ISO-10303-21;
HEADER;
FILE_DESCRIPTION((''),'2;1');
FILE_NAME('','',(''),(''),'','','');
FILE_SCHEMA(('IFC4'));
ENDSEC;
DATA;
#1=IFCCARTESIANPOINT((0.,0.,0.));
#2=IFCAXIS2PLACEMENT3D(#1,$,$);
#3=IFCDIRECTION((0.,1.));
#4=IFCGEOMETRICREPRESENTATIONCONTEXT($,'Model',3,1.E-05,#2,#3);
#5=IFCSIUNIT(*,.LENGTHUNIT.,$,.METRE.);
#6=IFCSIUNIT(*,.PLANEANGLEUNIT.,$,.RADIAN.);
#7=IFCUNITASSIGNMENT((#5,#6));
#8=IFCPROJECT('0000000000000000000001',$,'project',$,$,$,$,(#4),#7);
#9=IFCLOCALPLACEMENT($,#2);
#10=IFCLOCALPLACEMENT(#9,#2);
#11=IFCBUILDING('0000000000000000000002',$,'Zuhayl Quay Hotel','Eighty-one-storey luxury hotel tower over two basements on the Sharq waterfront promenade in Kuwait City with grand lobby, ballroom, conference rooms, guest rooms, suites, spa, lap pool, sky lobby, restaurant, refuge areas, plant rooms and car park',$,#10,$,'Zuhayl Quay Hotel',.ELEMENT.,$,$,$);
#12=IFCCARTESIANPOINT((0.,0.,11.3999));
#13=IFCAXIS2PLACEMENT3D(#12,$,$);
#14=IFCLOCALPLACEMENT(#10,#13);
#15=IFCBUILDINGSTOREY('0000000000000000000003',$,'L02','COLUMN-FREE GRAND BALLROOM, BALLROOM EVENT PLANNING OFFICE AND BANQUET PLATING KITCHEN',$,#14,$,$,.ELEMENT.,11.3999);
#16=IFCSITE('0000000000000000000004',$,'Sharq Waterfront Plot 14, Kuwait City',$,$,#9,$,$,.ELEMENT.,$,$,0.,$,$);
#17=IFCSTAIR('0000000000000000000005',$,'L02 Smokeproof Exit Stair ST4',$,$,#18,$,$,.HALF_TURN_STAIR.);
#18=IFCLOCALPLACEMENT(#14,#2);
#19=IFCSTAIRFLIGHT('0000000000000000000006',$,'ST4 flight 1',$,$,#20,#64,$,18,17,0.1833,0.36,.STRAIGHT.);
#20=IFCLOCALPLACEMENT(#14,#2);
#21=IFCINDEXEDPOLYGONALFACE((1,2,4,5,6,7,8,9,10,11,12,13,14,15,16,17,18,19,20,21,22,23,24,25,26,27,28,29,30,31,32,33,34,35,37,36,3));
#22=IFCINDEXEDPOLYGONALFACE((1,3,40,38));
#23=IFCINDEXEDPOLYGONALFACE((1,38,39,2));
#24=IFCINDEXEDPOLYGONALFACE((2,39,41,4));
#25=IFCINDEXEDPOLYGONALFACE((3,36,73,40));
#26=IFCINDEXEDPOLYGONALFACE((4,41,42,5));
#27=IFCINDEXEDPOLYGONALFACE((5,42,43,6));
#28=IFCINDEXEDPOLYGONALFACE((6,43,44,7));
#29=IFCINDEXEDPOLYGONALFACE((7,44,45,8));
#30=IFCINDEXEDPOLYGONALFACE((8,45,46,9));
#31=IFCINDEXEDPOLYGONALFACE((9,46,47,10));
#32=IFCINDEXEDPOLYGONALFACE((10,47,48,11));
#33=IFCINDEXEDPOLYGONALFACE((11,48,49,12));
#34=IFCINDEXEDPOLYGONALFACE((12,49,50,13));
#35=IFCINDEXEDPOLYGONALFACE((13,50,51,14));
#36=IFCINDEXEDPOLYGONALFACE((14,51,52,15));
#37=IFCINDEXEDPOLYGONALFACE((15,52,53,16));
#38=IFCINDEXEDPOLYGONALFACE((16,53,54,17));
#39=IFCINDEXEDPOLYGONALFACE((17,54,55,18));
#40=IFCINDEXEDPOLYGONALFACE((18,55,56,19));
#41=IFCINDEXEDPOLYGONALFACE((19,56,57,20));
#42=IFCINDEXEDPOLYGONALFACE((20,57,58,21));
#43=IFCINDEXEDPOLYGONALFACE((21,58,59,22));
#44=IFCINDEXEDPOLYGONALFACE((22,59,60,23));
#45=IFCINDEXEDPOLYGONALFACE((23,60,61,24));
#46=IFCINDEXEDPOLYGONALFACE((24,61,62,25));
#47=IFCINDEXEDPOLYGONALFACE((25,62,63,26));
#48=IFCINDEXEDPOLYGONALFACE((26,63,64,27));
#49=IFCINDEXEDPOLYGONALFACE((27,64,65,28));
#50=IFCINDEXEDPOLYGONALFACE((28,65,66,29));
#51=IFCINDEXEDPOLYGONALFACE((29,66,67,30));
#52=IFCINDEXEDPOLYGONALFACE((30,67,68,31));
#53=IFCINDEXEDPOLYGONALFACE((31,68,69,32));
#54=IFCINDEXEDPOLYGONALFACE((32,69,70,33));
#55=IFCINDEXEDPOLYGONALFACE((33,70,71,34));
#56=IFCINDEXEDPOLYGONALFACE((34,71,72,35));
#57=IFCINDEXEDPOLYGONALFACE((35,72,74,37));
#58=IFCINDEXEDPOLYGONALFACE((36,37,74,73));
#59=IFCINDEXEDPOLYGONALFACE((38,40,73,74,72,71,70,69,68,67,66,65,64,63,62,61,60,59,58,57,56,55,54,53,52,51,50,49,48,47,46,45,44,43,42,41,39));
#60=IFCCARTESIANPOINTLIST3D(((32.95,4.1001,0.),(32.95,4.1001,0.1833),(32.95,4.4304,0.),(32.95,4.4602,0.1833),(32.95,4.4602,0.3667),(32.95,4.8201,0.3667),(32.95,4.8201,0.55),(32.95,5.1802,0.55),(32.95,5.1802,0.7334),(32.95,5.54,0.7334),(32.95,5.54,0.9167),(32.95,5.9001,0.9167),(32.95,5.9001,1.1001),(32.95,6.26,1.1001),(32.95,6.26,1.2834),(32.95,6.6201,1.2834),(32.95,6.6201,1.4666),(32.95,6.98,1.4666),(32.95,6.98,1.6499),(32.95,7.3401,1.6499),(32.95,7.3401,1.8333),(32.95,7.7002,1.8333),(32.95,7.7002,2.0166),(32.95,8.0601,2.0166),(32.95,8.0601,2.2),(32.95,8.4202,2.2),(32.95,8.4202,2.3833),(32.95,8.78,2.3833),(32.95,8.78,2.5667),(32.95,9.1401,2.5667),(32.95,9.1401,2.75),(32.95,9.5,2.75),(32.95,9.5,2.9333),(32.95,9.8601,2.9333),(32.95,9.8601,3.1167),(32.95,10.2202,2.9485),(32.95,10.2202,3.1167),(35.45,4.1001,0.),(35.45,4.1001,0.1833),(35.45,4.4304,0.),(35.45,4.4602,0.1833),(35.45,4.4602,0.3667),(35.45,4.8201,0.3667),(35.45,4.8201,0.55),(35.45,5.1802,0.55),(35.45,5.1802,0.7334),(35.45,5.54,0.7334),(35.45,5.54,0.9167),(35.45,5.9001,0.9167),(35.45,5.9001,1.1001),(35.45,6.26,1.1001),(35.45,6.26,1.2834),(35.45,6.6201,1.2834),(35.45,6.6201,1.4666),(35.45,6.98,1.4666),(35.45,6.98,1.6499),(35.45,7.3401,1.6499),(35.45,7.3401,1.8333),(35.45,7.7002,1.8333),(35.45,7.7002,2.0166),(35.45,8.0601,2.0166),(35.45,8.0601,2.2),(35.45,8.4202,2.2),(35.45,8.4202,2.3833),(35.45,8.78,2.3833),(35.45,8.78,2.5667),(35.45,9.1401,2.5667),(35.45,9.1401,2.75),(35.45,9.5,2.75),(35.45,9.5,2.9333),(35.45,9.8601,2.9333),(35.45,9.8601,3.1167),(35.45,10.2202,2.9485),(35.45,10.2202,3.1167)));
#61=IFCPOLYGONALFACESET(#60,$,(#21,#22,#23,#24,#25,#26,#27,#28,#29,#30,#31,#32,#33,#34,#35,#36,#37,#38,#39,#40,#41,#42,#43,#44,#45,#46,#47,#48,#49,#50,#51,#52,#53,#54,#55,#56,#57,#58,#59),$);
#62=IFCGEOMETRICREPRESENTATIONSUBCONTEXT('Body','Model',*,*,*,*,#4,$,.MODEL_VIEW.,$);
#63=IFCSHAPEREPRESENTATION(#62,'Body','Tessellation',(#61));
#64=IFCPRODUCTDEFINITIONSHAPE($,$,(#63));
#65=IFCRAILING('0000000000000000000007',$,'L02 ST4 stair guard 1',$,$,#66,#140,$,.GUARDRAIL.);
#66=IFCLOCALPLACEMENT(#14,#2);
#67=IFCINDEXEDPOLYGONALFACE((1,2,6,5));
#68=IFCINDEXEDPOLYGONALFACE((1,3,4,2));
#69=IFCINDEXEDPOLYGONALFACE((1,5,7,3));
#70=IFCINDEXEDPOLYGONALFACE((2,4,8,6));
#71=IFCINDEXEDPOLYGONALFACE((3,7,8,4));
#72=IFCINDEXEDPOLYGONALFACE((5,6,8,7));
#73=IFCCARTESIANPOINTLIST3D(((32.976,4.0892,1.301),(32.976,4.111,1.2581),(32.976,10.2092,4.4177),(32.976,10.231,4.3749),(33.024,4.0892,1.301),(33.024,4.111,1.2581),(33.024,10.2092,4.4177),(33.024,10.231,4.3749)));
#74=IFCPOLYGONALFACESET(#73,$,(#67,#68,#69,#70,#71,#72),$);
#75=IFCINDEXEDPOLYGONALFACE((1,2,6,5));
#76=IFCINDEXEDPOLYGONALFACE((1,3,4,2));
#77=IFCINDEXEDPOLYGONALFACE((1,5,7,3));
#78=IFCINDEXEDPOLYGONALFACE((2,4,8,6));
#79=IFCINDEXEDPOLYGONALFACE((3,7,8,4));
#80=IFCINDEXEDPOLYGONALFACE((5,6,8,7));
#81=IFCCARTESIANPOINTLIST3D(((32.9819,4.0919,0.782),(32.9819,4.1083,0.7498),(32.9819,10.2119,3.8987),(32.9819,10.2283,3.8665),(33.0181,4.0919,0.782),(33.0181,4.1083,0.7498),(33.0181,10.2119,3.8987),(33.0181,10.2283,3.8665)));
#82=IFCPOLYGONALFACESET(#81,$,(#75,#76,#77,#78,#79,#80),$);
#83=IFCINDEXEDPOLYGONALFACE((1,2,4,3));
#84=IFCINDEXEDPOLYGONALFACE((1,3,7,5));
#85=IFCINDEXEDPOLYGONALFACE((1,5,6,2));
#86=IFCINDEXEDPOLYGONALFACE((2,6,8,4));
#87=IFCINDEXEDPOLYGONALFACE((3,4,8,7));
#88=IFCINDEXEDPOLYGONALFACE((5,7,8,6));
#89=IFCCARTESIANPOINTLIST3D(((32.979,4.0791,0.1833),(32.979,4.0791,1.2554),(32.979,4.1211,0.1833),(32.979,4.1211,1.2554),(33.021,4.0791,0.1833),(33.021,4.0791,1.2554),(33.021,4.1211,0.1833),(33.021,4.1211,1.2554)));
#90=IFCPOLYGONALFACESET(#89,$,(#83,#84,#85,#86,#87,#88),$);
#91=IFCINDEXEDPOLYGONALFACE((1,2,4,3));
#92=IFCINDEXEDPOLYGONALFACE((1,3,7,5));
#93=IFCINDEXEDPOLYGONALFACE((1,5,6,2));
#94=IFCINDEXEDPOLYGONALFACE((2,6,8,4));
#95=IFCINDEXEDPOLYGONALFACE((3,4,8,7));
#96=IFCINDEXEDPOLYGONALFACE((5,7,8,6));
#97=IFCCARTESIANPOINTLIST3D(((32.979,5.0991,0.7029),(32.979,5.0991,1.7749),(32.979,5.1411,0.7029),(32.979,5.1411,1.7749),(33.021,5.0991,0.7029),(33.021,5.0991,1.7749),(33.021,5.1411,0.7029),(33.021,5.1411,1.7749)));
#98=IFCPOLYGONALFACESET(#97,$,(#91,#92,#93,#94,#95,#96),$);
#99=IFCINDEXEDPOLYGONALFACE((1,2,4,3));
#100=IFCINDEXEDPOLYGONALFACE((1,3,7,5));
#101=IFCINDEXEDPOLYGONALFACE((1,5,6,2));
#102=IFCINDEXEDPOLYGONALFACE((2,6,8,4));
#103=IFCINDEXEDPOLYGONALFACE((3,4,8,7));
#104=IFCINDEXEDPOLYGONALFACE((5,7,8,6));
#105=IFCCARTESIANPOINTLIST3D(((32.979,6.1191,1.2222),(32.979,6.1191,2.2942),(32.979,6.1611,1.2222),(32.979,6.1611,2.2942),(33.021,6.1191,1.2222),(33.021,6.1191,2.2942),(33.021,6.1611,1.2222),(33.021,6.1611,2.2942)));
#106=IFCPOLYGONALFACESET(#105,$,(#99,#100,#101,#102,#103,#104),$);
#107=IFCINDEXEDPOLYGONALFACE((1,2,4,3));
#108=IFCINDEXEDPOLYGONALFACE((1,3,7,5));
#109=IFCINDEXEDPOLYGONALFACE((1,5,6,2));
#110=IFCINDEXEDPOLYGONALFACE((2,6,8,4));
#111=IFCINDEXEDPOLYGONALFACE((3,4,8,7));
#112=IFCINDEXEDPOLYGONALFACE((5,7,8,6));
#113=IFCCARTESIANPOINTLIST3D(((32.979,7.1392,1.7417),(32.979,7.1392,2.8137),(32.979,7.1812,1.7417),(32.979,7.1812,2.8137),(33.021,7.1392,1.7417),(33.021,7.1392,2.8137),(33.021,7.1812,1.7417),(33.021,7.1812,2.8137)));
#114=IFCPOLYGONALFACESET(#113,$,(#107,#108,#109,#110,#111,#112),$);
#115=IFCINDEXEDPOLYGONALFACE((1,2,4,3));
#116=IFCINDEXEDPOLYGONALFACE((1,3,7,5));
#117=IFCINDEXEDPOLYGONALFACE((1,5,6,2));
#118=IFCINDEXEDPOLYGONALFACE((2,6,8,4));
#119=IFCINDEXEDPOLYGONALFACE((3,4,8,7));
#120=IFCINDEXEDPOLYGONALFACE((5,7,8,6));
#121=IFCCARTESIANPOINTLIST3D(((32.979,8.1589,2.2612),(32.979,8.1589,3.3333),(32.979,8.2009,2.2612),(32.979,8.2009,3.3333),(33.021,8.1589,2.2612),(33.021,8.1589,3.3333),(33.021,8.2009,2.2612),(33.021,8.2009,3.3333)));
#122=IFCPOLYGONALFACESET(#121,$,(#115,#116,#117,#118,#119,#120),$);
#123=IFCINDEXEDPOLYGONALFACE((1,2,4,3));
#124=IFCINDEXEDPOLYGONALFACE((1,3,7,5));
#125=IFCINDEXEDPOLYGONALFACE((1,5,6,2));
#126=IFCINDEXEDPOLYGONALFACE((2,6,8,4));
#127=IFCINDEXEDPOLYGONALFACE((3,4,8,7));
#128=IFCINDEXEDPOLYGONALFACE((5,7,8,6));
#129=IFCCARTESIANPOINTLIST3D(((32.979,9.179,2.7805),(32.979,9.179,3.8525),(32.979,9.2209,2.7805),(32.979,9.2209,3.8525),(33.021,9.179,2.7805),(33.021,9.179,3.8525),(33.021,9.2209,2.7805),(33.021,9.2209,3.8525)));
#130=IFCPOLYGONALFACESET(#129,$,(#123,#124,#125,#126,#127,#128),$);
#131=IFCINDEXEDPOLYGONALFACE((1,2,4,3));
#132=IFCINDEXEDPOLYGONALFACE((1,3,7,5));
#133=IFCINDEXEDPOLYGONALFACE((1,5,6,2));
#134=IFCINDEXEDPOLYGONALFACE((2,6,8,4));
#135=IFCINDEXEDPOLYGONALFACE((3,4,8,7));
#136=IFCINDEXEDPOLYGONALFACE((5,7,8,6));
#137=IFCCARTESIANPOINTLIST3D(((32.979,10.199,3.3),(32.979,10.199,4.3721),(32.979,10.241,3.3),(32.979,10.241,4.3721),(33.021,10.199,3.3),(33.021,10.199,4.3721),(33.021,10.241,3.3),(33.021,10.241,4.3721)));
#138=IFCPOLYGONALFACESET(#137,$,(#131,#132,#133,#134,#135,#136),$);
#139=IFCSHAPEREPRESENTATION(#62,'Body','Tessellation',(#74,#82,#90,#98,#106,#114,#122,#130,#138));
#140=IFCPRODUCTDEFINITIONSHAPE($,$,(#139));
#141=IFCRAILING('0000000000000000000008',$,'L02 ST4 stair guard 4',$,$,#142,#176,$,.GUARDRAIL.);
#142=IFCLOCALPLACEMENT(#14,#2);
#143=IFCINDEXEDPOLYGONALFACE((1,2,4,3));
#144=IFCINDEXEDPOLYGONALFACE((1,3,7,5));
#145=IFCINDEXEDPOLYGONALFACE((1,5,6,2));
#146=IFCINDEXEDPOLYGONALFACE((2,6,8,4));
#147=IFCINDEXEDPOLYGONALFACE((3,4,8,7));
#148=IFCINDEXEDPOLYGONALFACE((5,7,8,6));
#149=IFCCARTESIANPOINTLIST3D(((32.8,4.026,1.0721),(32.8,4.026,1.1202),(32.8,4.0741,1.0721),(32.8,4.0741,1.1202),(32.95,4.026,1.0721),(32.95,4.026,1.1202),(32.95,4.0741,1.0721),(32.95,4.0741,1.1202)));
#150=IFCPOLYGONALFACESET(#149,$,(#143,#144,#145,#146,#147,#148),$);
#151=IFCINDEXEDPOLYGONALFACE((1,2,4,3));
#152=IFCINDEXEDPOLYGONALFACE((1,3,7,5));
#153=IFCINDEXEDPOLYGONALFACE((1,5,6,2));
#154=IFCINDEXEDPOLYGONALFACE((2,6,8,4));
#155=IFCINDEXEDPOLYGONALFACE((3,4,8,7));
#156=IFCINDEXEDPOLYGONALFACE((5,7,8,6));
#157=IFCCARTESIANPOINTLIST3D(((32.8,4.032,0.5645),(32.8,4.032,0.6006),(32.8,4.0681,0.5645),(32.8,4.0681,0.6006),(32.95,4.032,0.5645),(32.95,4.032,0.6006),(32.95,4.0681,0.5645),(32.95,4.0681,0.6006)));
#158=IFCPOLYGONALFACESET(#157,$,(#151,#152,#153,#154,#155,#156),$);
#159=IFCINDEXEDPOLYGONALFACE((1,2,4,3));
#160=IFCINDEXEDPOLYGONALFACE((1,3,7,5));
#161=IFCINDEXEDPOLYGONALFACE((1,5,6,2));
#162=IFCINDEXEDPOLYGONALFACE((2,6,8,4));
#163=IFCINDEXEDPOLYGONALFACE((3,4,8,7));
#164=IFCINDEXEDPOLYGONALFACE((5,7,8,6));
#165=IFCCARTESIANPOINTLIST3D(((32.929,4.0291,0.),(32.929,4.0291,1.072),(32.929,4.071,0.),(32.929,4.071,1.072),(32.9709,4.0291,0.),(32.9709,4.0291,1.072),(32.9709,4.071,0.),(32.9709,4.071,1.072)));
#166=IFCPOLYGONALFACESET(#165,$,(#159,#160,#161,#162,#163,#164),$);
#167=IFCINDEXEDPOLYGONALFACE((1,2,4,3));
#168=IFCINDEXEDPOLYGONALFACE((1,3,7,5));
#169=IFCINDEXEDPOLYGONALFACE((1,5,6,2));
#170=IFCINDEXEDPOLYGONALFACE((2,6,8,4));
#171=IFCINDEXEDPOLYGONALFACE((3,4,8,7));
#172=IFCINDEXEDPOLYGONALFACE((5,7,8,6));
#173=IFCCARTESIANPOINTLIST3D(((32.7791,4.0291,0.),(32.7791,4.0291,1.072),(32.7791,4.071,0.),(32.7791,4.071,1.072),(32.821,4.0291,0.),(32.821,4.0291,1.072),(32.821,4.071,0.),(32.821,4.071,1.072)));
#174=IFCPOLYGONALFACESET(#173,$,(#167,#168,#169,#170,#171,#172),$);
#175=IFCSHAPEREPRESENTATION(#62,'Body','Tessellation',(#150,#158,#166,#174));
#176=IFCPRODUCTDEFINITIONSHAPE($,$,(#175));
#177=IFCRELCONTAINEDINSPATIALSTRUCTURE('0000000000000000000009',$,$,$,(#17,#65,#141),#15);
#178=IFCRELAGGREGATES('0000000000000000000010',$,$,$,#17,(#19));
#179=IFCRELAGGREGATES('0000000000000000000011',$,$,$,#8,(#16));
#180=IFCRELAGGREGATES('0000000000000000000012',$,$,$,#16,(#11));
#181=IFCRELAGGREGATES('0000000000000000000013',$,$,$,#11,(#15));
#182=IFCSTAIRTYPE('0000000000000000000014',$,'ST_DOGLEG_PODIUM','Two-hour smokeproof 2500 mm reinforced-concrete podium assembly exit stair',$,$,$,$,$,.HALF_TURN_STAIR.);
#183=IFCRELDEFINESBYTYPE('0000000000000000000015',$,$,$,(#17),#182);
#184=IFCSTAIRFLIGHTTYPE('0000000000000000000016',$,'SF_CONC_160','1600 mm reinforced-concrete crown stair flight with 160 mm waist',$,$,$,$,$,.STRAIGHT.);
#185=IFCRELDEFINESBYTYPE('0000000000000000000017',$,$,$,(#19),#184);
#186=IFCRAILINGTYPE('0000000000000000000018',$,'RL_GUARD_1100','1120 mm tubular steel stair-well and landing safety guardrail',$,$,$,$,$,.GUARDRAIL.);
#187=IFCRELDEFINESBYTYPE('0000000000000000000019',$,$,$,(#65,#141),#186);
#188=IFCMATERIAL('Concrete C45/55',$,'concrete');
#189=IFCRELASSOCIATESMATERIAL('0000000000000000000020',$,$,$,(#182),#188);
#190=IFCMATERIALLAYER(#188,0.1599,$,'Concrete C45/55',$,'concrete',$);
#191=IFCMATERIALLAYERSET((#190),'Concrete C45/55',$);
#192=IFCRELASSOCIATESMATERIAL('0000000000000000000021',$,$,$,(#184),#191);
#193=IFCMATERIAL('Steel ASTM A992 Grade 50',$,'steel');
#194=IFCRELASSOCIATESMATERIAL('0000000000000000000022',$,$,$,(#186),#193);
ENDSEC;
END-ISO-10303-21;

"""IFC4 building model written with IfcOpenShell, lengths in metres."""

from ifc_helpers import new_model, si_unit, direction, frame, origin, origin_2d, place, context, subcontext, project, spatial, polyline, rectangle, outline, extrude, material, layer, layer_set, type_object, element, aggregate, save


model = new_model("IFC4")

# Units and contexts
model_context = context("Model", 3, precision=1e-05, world=origin(), true_north=direction((0.0, 1.0)))
body_context = subcontext(model_context, "Body", "Model", "MODEL_VIEW")
ifc_project = project(units=[si_unit("LENGTHUNIT", "METRE"), si_unit("PLANEANGLEUNIT", "RADIAN")], contexts=[model_context])

# Site, building, storey
site_placement = place(None, origin())
site = spatial("IfcSite", under=ifc_project, at=site_placement, Name="Sharq Waterfront Plot 14, Kuwait City", CompositionType="ELEMENT", RefElevation=0.0)
building_placement = place(site_placement, origin())
building = spatial("IfcBuilding", under=site, at=building_placement, Name="Zuhayl Quay Hotel", Description="Eighty-one-storey luxury hotel tower over two basements on the Sharq waterfront promenade in Kuwait City with grand lobby, ballroom, conference rooms, guest rooms, suites, spa, lap pool, sky lobby, restaurant, refuge areas, plant rooms and car park", LongName="Zuhayl Quay Hotel", CompositionType="ELEMENT")
storey_placement = place(building_placement, frame((0.0, 0.0, 11.3999)))
storey = spatial("IfcBuildingStorey", under=building, at=storey_placement, Name="L02", Description="COLUMN-FREE GRAND BALLROOM, BALLROOM EVENT PLANNING OFFICE AND BANQUET PLATING KITCHEN", CompositionType="ELEMENT", Elevation=11.3999)

# Shared definitions
ifc_material_1 = material(Name="Steel ASTM A992 Grade 50", Category="steel")

# Stair, stair flight
ifc_material_2 = material(Name="Concrete C45/55", Category="concrete")
stair_type = type_object("IfcStairType", Name="ST_DOGLEG_PODIUM", Description="Two-hour smokeproof 2500 mm reinforced-concrete podium assembly exit stair", PredefinedType="HALF_TURN_STAIR", material=ifc_material_2)
stair_placement = place(storey_placement, origin())
stair = element("IfcStair", 1, at=stair_placement, inside=storey, type_object=stair_type, Name="L02 Smokeproof Exit Stair ST4", PredefinedType="HALF_TURN_STAIR")
ifc_layer_1 = layer(ifc_material_2, 0.1599, Name="Concrete C45/55", Category="concrete")
ifc_layer_set_1 = layer_set([ifc_layer_1], Name="Concrete C45/55")
stair_flight_type = type_object("IfcStairFlightType", Name="SF_CONC_160", Description="1600 mm reinforced-concrete crown stair flight with 160 mm waist", PredefinedType="STRAIGHT", material=ifc_layer_set_1)
stair_flight_placement = place(storey_placement, frame((34.2, 4.1001, 0.0), z_axis=(0.0, 0.0, 1.0), x_axis=(0.0, 1.0, 0.0)))
stair_flight = element("IfcStairFlight", 2, at=stair_flight_placement, type_object=stair_flight_type, Name="ST4 flight 1", NumberOfRisers=18, NumberOfTreads=17, PredefinedType="STRAIGHT", RiserHeight=0.1833, TreadLength=0.36, context=body_context, shape_type="SweptSolid", body=[
    extrude(outline(polyline([(0.0, 0.0), (0.0, 0.1833), (0.3601, 0.1833), (0.3601, 0.3667), (0.72, 0.3667), (0.72, 0.55), (1.0801, 0.55), (1.0801, 0.7334), (1.4399, 0.7334), (1.4399, 0.9167), (1.8, 0.9167), (1.8, 1.1001), (2.1599, 1.1001), (2.1599, 1.2834), (2.52, 1.2834), (2.52, 1.4666), (2.8799, 1.4666), (2.8799, 1.6499), (3.24, 1.6499), (3.24, 1.8333), (3.6001, 1.8333), (3.6001, 2.0166), (3.96, 2.0166), (3.96, 2.2), (4.3201, 2.2), (4.3201, 2.3833), (4.6799, 2.3833), (4.6799, 2.5667), (5.04, 2.5667), (5.04, 2.75), (5.3999, 2.75), (5.3999, 2.9333), (5.76, 2.9333), (5.76, 3.1167), (6.1201, 3.1167), (6.1201, 3.3), (6.1201, 2.9485), (0.3303, 0.0), (0.0, 0.0)])), frame((0.0, 1.25, 0.0), z_axis=(0.0, -1.0, 0.0), x_axis=(1.0, 0.0, 0.0)), (0.0, 0.0, 1.0), 2.5),
])
aggregate(stair, [stair_flight])

# Railings
railing_type_1 = type_object("IfcRailingType", Name="RL_GUARD_1100", Description="1120 mm tubular steel stair-well and landing safety guardrail", PredefinedType="GUARDRAIL", material=ifc_material_1)
railing_1_placement = place(storey_placement, frame((33.0, 4.1001, 0.1833)))
element("IfcRailing", 3, at=railing_1_placement, inside=storey, type_object=railing_type_1, Name="L02 ST4 stair guard 1", PredefinedType="GUARDRAIL", context=body_context, shape_type="SweptSolid", body=[
    extrude(rectangle(XDim=0.0481, YDim=0.0481, at=origin_2d()), frame((0.0, 0.0, 1.0962), z_axis=(0.0, 0.891097, 0.453813), x_axis=(-1.0, 0.0, 0.0)), (0.0, 0.0, 1.0), 6.8679),
    extrude(rectangle(XDim=0.0361, YDim=0.0361, at=origin_2d()), frame((0.0, 0.0, 0.5825), z_axis=(0.0, 0.891097, 0.453813), x_axis=(-1.0, 0.0, 0.0)), (0.0, 0.0, 1.0), 6.8679),
    extrude(rectangle(XDim=0.042, YDim=0.042, at=origin_2d()), origin(), (0.0, 0.0, 1.0), 1.072),
    extrude(rectangle(XDim=0.042, YDim=0.042, at=origin_2d()), frame((0.0, 1.02, 0.5195)), (0.0, 0.0, 1.0), 1.072),
    extrude(rectangle(XDim=0.042, YDim=0.042, at=origin_2d()), frame((0.0, 2.04, 1.0388)), (0.0, 0.0, 1.0), 1.072),
    extrude(rectangle(XDim=0.042, YDim=0.042, at=origin_2d()), frame((0.0, 3.0601, 1.5583)), (0.0, 0.0, 1.0), 1.072),
    extrude(rectangle(XDim=0.042, YDim=0.042, at=origin_2d()), frame((0.0, 4.0798, 2.0779)), (0.0, 0.0, 1.0), 1.072),
    extrude(rectangle(XDim=0.042, YDim=0.042, at=origin_2d()), frame((0.0, 5.0999, 2.5972)), (0.0, 0.0, 1.0), 1.072),
    extrude(rectangle(XDim=0.042, YDim=0.042, at=origin_2d()), frame((0.0, 6.1199, 3.1167)), (0.0, 0.0, 1.0), 1.072),
])
railing_2_placement = place(storey_placement, frame((32.95, 4.05, 0.0)))
element("IfcRailing", 4, at=railing_2_placement, inside=storey, type_object=railing_type_1, Name="L02 ST4 stair guard 4", PredefinedType="GUARDRAIL", context=body_context, shape_type="SweptSolid", body=[
    extrude(rectangle(XDim=0.0481, YDim=0.0481, at=origin_2d()), frame((0.0, 0.0, 1.0962), z_axis=(-1.0, 0.0, 0.0), x_axis=(0.0, -1.0, 0.0)), (0.0, 0.0, 1.0), 0.1499),
    extrude(rectangle(XDim=0.0361, YDim=0.0361, at=origin_2d()), frame((0.0, 0.0, 0.5825), z_axis=(-1.0, 0.0, 0.0), x_axis=(0.0, -1.0, 0.0)), (0.0, 0.0, 1.0), 0.1499),
    extrude(rectangle(XDim=0.042, YDim=0.042, at=origin_2d()), origin(), (0.0, 0.0, 1.0), 1.072),
    extrude(rectangle(XDim=0.042, YDim=0.042, at=origin_2d()), frame((-0.1499, 0.0, 0.0)), (0.0, 0.0, 1.0), 1.072),
])

save(model, "model.ifc")
